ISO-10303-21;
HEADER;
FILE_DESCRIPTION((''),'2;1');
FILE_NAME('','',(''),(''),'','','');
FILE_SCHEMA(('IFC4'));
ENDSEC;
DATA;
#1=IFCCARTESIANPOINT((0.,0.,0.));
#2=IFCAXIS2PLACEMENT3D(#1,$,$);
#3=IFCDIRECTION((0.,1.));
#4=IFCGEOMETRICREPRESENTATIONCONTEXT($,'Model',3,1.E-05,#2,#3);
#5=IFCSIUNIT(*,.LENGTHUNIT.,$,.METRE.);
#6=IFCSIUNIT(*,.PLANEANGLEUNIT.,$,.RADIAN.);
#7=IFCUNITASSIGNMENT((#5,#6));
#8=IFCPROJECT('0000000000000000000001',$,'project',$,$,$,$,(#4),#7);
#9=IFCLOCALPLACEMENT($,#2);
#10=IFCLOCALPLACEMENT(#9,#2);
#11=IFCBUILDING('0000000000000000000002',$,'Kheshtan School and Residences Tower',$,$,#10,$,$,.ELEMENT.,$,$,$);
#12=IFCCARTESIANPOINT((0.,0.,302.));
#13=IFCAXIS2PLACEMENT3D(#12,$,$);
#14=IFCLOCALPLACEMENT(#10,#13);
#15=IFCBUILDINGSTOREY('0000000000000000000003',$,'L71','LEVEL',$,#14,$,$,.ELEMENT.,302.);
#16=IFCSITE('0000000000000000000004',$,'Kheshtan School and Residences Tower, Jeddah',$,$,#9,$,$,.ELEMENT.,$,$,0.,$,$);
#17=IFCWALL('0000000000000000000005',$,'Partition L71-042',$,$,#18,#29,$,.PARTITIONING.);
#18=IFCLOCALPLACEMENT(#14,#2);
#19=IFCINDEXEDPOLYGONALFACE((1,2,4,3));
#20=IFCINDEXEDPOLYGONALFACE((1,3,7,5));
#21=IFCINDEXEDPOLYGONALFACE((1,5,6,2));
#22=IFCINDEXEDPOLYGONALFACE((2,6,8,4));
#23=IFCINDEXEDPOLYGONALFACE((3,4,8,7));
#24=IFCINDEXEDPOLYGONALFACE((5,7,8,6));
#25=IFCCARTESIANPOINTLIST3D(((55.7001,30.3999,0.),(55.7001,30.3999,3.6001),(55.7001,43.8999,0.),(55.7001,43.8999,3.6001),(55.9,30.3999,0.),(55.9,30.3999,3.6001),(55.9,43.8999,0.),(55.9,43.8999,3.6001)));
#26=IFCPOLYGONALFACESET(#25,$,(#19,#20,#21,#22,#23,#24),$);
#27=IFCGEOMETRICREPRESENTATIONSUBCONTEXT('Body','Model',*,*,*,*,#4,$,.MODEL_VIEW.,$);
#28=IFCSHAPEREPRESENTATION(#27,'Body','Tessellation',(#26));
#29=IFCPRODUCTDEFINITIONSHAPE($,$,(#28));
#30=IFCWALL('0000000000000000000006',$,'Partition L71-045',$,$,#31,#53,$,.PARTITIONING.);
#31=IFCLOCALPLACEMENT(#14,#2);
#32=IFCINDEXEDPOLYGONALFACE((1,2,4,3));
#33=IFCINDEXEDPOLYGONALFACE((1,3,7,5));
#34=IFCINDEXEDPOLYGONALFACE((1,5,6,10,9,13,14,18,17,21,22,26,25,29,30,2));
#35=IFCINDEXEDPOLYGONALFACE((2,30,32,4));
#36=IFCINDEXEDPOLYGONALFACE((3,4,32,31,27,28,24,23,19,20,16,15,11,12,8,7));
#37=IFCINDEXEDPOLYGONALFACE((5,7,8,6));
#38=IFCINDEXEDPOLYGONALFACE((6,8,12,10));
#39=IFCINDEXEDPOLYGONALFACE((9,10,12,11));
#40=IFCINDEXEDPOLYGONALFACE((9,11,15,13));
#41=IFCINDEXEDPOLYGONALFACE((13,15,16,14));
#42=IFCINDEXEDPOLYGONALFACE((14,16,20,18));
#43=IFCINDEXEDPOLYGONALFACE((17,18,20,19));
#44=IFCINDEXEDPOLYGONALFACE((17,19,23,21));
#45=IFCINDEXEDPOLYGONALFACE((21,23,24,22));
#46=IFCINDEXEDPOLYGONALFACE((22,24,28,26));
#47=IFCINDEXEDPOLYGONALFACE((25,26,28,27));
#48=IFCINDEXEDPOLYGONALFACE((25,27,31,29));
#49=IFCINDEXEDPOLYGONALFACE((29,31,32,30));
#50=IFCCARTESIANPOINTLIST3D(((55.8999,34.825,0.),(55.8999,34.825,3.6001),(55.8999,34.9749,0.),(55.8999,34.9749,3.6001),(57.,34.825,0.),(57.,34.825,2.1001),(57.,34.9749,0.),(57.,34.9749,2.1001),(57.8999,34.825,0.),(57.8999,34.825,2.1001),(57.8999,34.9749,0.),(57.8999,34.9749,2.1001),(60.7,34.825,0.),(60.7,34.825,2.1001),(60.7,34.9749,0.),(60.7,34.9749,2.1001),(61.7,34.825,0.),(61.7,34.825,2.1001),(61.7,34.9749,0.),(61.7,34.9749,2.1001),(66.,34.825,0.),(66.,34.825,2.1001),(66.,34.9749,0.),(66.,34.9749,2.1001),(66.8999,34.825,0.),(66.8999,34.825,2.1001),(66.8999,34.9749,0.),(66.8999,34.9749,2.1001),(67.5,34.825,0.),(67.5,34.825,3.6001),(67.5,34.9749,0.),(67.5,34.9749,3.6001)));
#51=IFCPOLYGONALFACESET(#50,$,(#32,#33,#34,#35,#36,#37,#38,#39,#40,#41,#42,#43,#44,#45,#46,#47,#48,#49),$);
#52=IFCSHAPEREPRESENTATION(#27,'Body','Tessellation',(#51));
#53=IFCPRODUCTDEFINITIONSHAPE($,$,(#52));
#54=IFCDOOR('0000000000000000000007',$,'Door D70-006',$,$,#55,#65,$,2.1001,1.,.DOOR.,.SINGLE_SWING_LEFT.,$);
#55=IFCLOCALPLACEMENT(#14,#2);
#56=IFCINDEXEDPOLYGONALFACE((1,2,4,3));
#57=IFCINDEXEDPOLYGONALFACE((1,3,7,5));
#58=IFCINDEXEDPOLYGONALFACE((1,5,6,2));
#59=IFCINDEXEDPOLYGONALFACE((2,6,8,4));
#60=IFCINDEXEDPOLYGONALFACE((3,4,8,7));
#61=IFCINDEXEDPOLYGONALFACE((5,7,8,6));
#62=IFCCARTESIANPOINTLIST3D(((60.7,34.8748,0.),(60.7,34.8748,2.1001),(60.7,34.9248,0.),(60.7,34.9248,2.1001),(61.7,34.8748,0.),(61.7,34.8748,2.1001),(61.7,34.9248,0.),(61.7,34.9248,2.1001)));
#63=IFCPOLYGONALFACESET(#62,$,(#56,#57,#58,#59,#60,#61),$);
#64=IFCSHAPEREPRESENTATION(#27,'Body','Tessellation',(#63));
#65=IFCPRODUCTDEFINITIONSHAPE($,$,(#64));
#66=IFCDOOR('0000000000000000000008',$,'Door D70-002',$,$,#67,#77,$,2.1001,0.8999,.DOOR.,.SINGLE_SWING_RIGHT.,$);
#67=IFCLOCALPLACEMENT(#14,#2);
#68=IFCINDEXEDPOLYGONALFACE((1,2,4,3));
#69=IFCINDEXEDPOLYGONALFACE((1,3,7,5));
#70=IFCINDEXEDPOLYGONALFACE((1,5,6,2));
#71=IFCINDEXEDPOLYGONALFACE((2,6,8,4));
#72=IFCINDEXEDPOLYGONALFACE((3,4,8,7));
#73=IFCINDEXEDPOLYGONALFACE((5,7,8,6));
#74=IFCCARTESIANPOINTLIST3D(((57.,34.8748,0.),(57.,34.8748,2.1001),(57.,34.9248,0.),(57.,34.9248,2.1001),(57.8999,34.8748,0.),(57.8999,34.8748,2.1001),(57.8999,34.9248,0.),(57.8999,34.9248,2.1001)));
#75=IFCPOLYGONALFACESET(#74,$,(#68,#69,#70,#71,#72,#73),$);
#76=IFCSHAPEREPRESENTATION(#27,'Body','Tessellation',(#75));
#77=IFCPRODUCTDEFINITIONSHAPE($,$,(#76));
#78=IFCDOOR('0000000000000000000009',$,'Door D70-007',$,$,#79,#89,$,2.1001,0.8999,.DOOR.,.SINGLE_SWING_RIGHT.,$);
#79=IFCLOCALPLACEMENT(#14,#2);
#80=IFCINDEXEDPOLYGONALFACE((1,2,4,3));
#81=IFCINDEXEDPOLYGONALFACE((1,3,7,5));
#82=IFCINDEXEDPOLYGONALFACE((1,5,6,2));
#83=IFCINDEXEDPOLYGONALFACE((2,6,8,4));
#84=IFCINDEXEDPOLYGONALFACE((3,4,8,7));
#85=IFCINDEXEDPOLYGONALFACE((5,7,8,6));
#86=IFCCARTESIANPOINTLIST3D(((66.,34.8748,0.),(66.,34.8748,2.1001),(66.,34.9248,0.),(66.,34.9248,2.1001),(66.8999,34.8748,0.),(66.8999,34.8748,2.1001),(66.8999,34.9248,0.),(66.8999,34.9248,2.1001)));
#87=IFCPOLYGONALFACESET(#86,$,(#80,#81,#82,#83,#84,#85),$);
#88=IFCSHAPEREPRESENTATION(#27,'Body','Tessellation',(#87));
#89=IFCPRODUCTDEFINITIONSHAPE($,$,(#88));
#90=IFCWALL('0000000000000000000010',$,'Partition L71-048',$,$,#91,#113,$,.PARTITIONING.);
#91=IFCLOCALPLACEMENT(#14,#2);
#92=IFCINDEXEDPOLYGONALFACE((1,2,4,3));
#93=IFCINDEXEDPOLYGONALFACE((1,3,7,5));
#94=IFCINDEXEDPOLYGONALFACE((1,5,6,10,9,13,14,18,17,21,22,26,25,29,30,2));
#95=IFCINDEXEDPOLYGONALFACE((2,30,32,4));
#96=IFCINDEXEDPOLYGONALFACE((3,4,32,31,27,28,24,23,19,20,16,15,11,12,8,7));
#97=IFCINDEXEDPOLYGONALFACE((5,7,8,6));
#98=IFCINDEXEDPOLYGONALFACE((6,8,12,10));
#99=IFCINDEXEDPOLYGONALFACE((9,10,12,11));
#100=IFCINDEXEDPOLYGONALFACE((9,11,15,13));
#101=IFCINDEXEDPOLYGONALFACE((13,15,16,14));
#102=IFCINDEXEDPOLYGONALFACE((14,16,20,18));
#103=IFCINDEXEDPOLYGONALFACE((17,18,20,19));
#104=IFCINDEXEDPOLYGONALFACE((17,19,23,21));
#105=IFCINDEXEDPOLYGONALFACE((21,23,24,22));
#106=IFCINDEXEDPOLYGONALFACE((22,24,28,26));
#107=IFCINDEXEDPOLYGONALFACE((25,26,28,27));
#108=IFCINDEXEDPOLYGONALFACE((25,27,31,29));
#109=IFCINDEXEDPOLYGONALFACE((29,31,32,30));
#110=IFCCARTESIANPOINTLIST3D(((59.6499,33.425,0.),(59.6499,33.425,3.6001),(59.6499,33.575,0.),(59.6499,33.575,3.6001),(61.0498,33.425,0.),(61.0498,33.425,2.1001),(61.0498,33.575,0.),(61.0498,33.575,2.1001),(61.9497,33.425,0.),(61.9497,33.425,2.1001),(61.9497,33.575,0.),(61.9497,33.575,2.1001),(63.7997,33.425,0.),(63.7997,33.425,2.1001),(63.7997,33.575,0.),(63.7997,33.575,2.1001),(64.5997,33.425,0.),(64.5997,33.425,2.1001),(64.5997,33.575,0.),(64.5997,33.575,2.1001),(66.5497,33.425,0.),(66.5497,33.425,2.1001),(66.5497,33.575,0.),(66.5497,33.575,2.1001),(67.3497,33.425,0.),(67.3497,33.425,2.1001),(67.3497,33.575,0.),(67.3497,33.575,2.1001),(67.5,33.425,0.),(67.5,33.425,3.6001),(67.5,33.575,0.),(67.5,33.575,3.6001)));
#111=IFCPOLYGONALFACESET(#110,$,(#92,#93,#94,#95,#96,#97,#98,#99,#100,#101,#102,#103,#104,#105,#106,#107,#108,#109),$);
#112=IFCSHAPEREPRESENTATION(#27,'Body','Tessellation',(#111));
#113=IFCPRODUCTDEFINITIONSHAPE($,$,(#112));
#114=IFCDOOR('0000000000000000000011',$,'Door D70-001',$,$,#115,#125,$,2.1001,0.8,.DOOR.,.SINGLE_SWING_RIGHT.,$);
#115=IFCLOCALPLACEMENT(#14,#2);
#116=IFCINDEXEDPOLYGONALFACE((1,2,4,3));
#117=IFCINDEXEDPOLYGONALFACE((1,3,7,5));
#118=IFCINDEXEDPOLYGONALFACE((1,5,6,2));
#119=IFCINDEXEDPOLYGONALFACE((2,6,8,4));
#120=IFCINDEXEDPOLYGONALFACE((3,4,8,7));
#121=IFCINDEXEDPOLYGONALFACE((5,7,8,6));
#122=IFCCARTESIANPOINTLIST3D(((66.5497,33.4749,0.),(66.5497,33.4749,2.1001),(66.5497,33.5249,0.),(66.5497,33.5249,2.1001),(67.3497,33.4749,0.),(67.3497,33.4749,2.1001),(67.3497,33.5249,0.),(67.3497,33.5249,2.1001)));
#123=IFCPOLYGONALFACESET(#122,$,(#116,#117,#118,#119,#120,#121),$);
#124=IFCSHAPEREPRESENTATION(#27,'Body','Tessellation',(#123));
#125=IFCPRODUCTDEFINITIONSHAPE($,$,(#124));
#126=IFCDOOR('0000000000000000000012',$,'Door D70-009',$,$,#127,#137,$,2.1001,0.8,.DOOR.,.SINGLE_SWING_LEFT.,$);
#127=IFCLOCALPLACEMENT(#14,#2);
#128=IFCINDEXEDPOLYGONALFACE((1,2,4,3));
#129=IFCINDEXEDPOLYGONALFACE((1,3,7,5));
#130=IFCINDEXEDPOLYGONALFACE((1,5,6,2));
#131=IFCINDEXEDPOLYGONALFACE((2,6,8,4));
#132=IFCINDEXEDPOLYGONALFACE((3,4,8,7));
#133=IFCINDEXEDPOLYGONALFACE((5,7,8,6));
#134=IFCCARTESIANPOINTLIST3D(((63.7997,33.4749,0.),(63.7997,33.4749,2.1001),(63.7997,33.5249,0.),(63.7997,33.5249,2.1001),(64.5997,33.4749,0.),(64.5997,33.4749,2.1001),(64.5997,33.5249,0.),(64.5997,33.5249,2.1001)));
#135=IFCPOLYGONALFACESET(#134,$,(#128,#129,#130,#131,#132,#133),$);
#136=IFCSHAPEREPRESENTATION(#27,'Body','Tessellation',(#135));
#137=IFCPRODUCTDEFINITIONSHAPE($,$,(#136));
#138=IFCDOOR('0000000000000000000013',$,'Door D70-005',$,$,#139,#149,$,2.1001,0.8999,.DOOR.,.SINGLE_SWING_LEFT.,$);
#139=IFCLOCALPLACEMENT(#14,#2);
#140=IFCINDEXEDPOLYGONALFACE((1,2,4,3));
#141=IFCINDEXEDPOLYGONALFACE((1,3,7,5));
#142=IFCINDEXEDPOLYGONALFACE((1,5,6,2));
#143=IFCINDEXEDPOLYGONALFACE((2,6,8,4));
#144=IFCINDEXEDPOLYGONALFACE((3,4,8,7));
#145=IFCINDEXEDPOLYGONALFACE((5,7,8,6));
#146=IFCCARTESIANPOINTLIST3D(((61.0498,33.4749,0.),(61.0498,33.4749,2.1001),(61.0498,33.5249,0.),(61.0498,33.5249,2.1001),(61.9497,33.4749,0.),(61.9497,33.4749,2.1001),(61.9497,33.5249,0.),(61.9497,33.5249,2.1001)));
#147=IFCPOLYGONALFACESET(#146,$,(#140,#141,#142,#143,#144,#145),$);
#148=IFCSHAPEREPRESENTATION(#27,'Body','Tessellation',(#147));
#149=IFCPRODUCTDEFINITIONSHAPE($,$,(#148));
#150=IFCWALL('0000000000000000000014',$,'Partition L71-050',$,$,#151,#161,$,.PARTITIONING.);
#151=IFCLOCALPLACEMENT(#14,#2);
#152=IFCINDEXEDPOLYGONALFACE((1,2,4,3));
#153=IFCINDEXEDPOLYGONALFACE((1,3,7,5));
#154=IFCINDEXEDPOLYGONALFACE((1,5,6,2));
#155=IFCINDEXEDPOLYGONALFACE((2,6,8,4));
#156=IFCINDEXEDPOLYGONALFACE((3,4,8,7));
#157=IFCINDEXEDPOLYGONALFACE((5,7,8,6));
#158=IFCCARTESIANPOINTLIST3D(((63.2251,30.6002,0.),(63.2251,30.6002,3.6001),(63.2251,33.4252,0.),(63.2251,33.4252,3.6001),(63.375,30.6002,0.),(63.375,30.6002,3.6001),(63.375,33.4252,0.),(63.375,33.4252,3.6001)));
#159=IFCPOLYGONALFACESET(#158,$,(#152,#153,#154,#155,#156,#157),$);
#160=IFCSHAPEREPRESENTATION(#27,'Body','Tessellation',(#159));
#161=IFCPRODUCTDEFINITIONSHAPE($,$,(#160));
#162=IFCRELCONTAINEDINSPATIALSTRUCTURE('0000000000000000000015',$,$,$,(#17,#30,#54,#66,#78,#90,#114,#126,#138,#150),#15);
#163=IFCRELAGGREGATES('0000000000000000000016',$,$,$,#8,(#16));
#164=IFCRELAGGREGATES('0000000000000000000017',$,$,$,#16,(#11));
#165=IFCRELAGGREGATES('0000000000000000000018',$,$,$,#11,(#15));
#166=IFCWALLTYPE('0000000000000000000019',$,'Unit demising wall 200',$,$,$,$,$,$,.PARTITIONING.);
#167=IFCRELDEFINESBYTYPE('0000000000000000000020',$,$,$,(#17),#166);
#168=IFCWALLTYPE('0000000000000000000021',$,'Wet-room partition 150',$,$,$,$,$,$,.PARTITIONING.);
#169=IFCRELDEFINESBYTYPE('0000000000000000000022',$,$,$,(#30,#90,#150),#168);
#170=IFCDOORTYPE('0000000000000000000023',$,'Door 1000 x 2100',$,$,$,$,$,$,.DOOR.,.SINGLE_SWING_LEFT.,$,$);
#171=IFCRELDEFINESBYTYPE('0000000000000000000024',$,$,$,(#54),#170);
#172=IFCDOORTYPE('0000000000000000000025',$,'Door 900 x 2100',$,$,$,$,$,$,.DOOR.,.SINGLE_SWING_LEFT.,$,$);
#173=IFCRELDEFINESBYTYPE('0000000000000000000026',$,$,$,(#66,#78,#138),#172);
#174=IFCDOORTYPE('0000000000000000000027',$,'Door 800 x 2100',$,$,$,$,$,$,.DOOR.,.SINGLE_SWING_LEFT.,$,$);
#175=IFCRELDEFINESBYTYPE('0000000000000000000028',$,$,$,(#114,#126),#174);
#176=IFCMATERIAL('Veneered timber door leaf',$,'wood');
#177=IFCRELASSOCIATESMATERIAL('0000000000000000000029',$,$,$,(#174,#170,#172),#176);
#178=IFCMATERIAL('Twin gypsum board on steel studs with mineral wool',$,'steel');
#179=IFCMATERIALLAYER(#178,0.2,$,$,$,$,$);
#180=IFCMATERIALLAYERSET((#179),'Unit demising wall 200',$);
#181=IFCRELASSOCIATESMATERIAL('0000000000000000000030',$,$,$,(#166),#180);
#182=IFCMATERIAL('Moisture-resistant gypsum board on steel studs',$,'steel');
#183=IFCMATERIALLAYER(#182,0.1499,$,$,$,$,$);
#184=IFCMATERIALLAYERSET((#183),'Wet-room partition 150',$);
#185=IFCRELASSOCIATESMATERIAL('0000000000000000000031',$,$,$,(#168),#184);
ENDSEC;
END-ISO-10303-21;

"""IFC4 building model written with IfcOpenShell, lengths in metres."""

from ifc_helpers import new_model, si_unit, direction, frame, frame_2d, origin, place, context, subcontext, project, spatial, rectangle, extrude, source, transform, mapped, material, layer, layer_set, type_object, element, fill, save


model = new_model("IFC4")

# Units and contexts
model_context = context("Model", 3, precision=1e-05, world=origin(), true_north=direction((0.0, 1.0)))
body_context = subcontext(model_context, "Body", "Model", "MODEL_VIEW")
ifc_project = project(units=[si_unit("LENGTHUNIT", "METRE"), si_unit("PLANEANGLEUNIT", "RADIAN")], contexts=[model_context])

# Site, building, storey
site_placement = place(None, origin())
site = spatial("IfcSite", under=ifc_project, at=site_placement, Name="Kheshtan School and Residences Tower, Jeddah", CompositionType="ELEMENT", RefElevation=0.0)
building_placement = place(site_placement, origin())
building = spatial("IfcBuilding", under=site, at=building_placement, Name="Kheshtan School and Residences Tower", CompositionType="ELEMENT")
storey_placement = place(building_placement, frame((0.0, 0.0, 302.0)))
storey = spatial("IfcBuildingStorey", under=building, at=storey_placement, Name="L71", Description="LEVEL", CompositionType="ELEMENT", Elevation=302.0)

# Shared definitions
ifc_material_1 = material(Name="Veneered timber door leaf", Category="wood")
door_type_1 = type_object("IfcDoorType", Name="Door 800 x 2100", OperationType="SINGLE_SWING_LEFT", PredefinedType="DOOR", material=ifc_material_1)
shared_shape_1 = source(origin(), body_context, "Body", "SweptSolid", [
    extrude(rectangle(XDim=0.8, YDim=2.1001, at=frame_2d((0.3999, 1.05))), frame((0.0, 0.0249, 0.0), z_axis=(0.0, -1.0, 0.0), x_axis=(1.0, 0.0, 0.0)), (0.0, 0.0, 1.0), 0.05),
])

# Wall
ifc_material_2 = material(Name="Twin gypsum board on steel studs with mineral wool", Category="steel")
ifc_layer_1 = layer(ifc_material_2, 0.2)
ifc_layer_set_1 = layer_set([ifc_layer_1], Name="Unit demising wall 200")
wall_type_1 = type_object("IfcWallType", Name="Unit demising wall 200", PredefinedType="PARTITIONING", material=ifc_layer_set_1)
wall_1_placement = place(storey_placement, frame((55.8, 30.3999, 0.0), z_axis=(0.0, 0.0, 1.0), x_axis=(0.0, 1.0, 0.0)))
element("IfcWall", 1, at=wall_1_placement, inside=storey, type_object=wall_type_1, Name="Partition L71-042", PredefinedType="PARTITIONING", context=body_context, shape_type="SweptSolid", body=[
    extrude(rectangle(XDim=13.5, YDim=0.2, at=frame_2d((6.75, 0.0))), origin(), (0.0, 0.0, 1.0), 3.6001),
])

# Walls, openings, doors
ifc_material_3 = material(Name="Moisture-resistant gypsum board on steel studs", Category="steel")
ifc_layer_2 = layer(ifc_material_3, 0.1499)
ifc_layer_set_2 = layer_set([ifc_layer_2], Name="Wet-room partition 150")
wall_type_2 = type_object("IfcWallType", Name="Wet-room partition 150", PredefinedType="PARTITIONING", material=ifc_layer_set_2)
wall_2_placement = place(storey_placement, frame((55.8999, 34.8999, 0.0), z_axis=(0.0, 0.0, 1.0), x_axis=(1.0, 0.0, 0.0)))
wall_2 = element("IfcWall", 2, at=wall_2_placement, inside=storey, type_object=wall_type_2, Name="Partition L71-045", PredefinedType="PARTITIONING", context=body_context, shape_type="SweptSolid", body=[
    extrude(rectangle(XDim=11.6001, YDim=0.1499, at=frame_2d((5.8, 0.0))), origin(), (0.0, 0.0, 1.0), 3.6001),
])
opening_1_placement = place(wall_2_placement, frame((1.1001, 0.0, 0.0)))
opening_1 = element("IfcOpeningElement", 3, at=opening_1_placement, cuts=wall_2, PredefinedType="OPENING", context=body_context, shape_type="SweptSolid", body=[
    extrude(rectangle(XDim=0.8999, YDim=2.1001, at=frame_2d((0.45, 1.05))), frame((0.0, 0.085, 0.0), z_axis=(0.0, -1.0, 0.0), x_axis=(1.0, 0.0, 0.0)), (0.0, 0.0, 1.0), 0.1699),
])
opening_2_placement = place(wall_2_placement, frame((4.8, 0.0, 0.0)))
opening_2 = element("IfcOpeningElement", 4, at=opening_2_placement, cuts=wall_2, PredefinedType="OPENING", context=body_context, shape_type="SweptSolid", body=[
    extrude(rectangle(XDim=1.0, YDim=2.1001, at=frame_2d((0.5, 1.05))), frame((0.0, 0.085, 0.0), z_axis=(0.0, -1.0, 0.0), x_axis=(1.0, 0.0, 0.0)), (0.0, 0.0, 1.0), 0.1699),
])
opening_3_placement = place(wall_2_placement, frame((10.1001, 0.0, 0.0)))
opening_3 = element("IfcOpeningElement", 5, at=opening_3_placement, cuts=wall_2, PredefinedType="OPENING", context=body_context, shape_type="SweptSolid", body=[
    extrude(rectangle(XDim=0.8999, YDim=2.1001, at=frame_2d((0.45, 1.05))), frame((0.0, 0.085, 0.0), z_axis=(0.0, -1.0, 0.0), x_axis=(1.0, 0.0, 0.0)), (0.0, 0.0, 1.0), 0.1699),
])
door_type_2 = type_object("IfcDoorType", Name="Door 1000 x 2100", OperationType="SINGLE_SWING_LEFT", PredefinedType="DOOR", material=ifc_material_1)
shared_shape_2 = source(origin(), body_context, "Body", "SweptSolid", [
    extrude(rectangle(XDim=1.0, YDim=2.1001, at=frame_2d((0.5, 1.05))), frame((0.0, 0.0249, 0.0), z_axis=(0.0, -1.0, 0.0), x_axis=(1.0, 0.0, 0.0)), (0.0, 0.0, 1.0), 0.05),
])
door_1_placement = place(opening_2_placement, origin())
door_1 = element("IfcDoor", 6, at=door_1_placement, inside=storey, type_object=door_type_2, Name="Door D70-006", OperationType="SINGLE_SWING_LEFT", OverallHeight=2.1001, OverallWidth=1.0, PredefinedType="DOOR", context=body_context, shape_type="MappedRepresentation", body=[
    mapped(shared_shape_2, transform((0.0, 0.0, 0.0), x_axis=(1.0, 0.0, 0.0), y_axis=(0.0, 1.0, 0.0), z_axis=(0.0, 0.0, 1.0), scale=1.0)),
])
fill(opening_2, door_1)
door_type_3 = type_object("IfcDoorType", Name="Door 900 x 2100", OperationType="SINGLE_SWING_LEFT", PredefinedType="DOOR", material=ifc_material_1)
shared_shape_3 = source(origin(), body_context, "Body", "SweptSolid", [
    extrude(rectangle(XDim=0.8999, YDim=2.1001, at=frame_2d((0.45, 1.05))), frame((0.0, 0.0249, 0.0), z_axis=(0.0, -1.0, 0.0), x_axis=(1.0, 0.0, 0.0)), (0.0, 0.0, 1.0), 0.05),
])
door_2_placement = place(opening_1_placement, origin())
door_2 = element("IfcDoor", 7, at=door_2_placement, inside=storey, type_object=door_type_3, Name="Door D70-002", OperationType="SINGLE_SWING_RIGHT", OverallHeight=2.1001, OverallWidth=0.8999, PredefinedType="DOOR", context=body_context, shape_type="MappedRepresentation", body=[
    mapped(shared_shape_3, transform((0.0, 0.0, 0.0), x_axis=(1.0, 0.0, 0.0), y_axis=(0.0, 1.0, 0.0), z_axis=(0.0, 0.0, 1.0), scale=1.0)),
])
fill(opening_1, door_2)
door_3_placement = place(opening_3_placement, origin())
door_3 = element("IfcDoor", 8, at=door_3_placement, inside=storey, type_object=door_type_3, Name="Door D70-007", OperationType="SINGLE_SWING_RIGHT", OverallHeight=2.1001, OverallWidth=0.8999, PredefinedType="DOOR", context=body_context, shape_type="MappedRepresentation", body=[
    mapped(shared_shape_3, transform((0.0, 0.0, 0.0), x_axis=(1.0, 0.0, 0.0), y_axis=(0.0, 1.0, 0.0), z_axis=(0.0, 0.0, 1.0), scale=1.0)),
])
fill(opening_3, door_3)
wall_3_placement = place(storey_placement, frame((59.6499, 33.5, 0.0), z_axis=(0.0, 0.0, 1.0), x_axis=(1.0, 0.0, 0.0)))
wall_3 = element("IfcWall", 9, at=wall_3_placement, inside=storey, type_object=wall_type_2, Name="Partition L71-048", PredefinedType="PARTITIONING", context=body_context, shape_type="SweptSolid", body=[
    extrude(rectangle(XDim=7.8501, YDim=0.1499, at=frame_2d((3.925, 0.0))), origin(), (0.0, 0.0, 1.0), 3.6001),
])
opening_4_placement = place(wall_3_placement, frame((6.8999, 0.0, 0.0)))
opening_4 = element("IfcOpeningElement", 10, at=opening_4_placement, cuts=wall_3, PredefinedType="OPENING", context=body_context, shape_type="SweptSolid", body=[
    extrude(rectangle(XDim=0.8, YDim=2.1001, at=frame_2d((0.3999, 1.05))), frame((0.0, 0.085, 0.0), z_axis=(0.0, -1.0, 0.0), x_axis=(1.0, 0.0, 0.0)), (0.0, 0.0, 1.0), 0.1699),
])
opening_5_placement = place(wall_3_placement, frame((1.3999, 0.0, 0.0)))
opening_5 = element("IfcOpeningElement", 11, at=opening_5_placement, cuts=wall_3, PredefinedType="OPENING", context=body_context, shape_type="SweptSolid", body=[
    extrude(rectangle(XDim=0.8999, YDim=2.1001, at=frame_2d((0.45, 1.05))), frame((0.0, 0.085, 0.0), z_axis=(0.0, -1.0, 0.0), x_axis=(1.0, 0.0, 0.0)), (0.0, 0.0, 1.0), 0.1699),
])
opening_6_placement = place(wall_3_placement, frame((4.1499, 0.0, 0.0)))
opening_6 = element("IfcOpeningElement", 12, at=opening_6_placement, cuts=wall_3, PredefinedType="OPENING", context=body_context, shape_type="SweptSolid", body=[
    extrude(rectangle(XDim=0.8, YDim=2.1001, at=frame_2d((0.3999, 1.05))), frame((0.0, 0.085, 0.0), z_axis=(0.0, -1.0, 0.0), x_axis=(1.0, 0.0, 0.0)), (0.0, 0.0, 1.0), 0.1699),
])
door_4_placement = place(opening_4_placement, origin())
door_4 = element("IfcDoor", 13, at=door_4_placement, inside=storey, type_object=door_type_1, Name="Door D70-001", OperationType="SINGLE_SWING_RIGHT", OverallHeight=2.1001, OverallWidth=0.8, PredefinedType="DOOR", context=body_context, shape_type="MappedRepresentation", body=[
    mapped(shared_shape_1, transform((0.0, 0.0, 0.0), x_axis=(1.0, 0.0, 0.0), y_axis=(0.0, 1.0, 0.0), z_axis=(0.0, 0.0, 1.0), scale=1.0)),
])
fill(opening_4, door_4)
door_5_placement = place(opening_6_placement, origin())
door_5 = element("IfcDoor", 14, at=door_5_placement, inside=storey, type_object=door_type_1, Name="Door D70-009", OperationType="SINGLE_SWING_LEFT", OverallHeight=2.1001, OverallWidth=0.8, PredefinedType="DOOR", context=body_context, shape_type="MappedRepresentation", body=[
    mapped(shared_shape_1, transform((0.0, 0.0, 0.0), x_axis=(1.0, 0.0, 0.0), y_axis=(0.0, 1.0, 0.0), z_axis=(0.0, 0.0, 1.0), scale=1.0)),
])
fill(opening_6, door_5)
door_6_placement = place(opening_5_placement, origin())
door_6 = element("IfcDoor", 15, at=door_6_placement, inside=storey, type_object=door_type_3, Name="Door D70-005", OperationType="SINGLE_SWING_LEFT", OverallHeight=2.1001, OverallWidth=0.8999, PredefinedType="DOOR", context=body_context, shape_type="MappedRepresentation", body=[
    mapped(shared_shape_3, transform((0.0, 0.0, 0.0), x_axis=(1.0, 0.0, 0.0), y_axis=(0.0, 1.0, 0.0), z_axis=(0.0, 0.0, 1.0), scale=1.0)),
])
fill(opening_5, door_6)

# Wall
wall_4_placement = place(storey_placement, frame((63.3, 30.6001, 0.0), z_axis=(0.0, 0.0, 1.0), x_axis=(0.0, 1.0, 0.0)))
element("IfcWall", 16, at=wall_4_placement, inside=storey, type_object=wall_type_2, Name="Partition L71-050", PredefinedType="PARTITIONING", context=body_context, shape_type="SweptSolid", body=[
    extrude(rectangle(XDim=2.825, YDim=0.1499, at=frame_2d((1.4126, 0.0))), origin(), (0.0, 0.0, 1.0), 3.6001),
])

save(model, "model.ifc")
